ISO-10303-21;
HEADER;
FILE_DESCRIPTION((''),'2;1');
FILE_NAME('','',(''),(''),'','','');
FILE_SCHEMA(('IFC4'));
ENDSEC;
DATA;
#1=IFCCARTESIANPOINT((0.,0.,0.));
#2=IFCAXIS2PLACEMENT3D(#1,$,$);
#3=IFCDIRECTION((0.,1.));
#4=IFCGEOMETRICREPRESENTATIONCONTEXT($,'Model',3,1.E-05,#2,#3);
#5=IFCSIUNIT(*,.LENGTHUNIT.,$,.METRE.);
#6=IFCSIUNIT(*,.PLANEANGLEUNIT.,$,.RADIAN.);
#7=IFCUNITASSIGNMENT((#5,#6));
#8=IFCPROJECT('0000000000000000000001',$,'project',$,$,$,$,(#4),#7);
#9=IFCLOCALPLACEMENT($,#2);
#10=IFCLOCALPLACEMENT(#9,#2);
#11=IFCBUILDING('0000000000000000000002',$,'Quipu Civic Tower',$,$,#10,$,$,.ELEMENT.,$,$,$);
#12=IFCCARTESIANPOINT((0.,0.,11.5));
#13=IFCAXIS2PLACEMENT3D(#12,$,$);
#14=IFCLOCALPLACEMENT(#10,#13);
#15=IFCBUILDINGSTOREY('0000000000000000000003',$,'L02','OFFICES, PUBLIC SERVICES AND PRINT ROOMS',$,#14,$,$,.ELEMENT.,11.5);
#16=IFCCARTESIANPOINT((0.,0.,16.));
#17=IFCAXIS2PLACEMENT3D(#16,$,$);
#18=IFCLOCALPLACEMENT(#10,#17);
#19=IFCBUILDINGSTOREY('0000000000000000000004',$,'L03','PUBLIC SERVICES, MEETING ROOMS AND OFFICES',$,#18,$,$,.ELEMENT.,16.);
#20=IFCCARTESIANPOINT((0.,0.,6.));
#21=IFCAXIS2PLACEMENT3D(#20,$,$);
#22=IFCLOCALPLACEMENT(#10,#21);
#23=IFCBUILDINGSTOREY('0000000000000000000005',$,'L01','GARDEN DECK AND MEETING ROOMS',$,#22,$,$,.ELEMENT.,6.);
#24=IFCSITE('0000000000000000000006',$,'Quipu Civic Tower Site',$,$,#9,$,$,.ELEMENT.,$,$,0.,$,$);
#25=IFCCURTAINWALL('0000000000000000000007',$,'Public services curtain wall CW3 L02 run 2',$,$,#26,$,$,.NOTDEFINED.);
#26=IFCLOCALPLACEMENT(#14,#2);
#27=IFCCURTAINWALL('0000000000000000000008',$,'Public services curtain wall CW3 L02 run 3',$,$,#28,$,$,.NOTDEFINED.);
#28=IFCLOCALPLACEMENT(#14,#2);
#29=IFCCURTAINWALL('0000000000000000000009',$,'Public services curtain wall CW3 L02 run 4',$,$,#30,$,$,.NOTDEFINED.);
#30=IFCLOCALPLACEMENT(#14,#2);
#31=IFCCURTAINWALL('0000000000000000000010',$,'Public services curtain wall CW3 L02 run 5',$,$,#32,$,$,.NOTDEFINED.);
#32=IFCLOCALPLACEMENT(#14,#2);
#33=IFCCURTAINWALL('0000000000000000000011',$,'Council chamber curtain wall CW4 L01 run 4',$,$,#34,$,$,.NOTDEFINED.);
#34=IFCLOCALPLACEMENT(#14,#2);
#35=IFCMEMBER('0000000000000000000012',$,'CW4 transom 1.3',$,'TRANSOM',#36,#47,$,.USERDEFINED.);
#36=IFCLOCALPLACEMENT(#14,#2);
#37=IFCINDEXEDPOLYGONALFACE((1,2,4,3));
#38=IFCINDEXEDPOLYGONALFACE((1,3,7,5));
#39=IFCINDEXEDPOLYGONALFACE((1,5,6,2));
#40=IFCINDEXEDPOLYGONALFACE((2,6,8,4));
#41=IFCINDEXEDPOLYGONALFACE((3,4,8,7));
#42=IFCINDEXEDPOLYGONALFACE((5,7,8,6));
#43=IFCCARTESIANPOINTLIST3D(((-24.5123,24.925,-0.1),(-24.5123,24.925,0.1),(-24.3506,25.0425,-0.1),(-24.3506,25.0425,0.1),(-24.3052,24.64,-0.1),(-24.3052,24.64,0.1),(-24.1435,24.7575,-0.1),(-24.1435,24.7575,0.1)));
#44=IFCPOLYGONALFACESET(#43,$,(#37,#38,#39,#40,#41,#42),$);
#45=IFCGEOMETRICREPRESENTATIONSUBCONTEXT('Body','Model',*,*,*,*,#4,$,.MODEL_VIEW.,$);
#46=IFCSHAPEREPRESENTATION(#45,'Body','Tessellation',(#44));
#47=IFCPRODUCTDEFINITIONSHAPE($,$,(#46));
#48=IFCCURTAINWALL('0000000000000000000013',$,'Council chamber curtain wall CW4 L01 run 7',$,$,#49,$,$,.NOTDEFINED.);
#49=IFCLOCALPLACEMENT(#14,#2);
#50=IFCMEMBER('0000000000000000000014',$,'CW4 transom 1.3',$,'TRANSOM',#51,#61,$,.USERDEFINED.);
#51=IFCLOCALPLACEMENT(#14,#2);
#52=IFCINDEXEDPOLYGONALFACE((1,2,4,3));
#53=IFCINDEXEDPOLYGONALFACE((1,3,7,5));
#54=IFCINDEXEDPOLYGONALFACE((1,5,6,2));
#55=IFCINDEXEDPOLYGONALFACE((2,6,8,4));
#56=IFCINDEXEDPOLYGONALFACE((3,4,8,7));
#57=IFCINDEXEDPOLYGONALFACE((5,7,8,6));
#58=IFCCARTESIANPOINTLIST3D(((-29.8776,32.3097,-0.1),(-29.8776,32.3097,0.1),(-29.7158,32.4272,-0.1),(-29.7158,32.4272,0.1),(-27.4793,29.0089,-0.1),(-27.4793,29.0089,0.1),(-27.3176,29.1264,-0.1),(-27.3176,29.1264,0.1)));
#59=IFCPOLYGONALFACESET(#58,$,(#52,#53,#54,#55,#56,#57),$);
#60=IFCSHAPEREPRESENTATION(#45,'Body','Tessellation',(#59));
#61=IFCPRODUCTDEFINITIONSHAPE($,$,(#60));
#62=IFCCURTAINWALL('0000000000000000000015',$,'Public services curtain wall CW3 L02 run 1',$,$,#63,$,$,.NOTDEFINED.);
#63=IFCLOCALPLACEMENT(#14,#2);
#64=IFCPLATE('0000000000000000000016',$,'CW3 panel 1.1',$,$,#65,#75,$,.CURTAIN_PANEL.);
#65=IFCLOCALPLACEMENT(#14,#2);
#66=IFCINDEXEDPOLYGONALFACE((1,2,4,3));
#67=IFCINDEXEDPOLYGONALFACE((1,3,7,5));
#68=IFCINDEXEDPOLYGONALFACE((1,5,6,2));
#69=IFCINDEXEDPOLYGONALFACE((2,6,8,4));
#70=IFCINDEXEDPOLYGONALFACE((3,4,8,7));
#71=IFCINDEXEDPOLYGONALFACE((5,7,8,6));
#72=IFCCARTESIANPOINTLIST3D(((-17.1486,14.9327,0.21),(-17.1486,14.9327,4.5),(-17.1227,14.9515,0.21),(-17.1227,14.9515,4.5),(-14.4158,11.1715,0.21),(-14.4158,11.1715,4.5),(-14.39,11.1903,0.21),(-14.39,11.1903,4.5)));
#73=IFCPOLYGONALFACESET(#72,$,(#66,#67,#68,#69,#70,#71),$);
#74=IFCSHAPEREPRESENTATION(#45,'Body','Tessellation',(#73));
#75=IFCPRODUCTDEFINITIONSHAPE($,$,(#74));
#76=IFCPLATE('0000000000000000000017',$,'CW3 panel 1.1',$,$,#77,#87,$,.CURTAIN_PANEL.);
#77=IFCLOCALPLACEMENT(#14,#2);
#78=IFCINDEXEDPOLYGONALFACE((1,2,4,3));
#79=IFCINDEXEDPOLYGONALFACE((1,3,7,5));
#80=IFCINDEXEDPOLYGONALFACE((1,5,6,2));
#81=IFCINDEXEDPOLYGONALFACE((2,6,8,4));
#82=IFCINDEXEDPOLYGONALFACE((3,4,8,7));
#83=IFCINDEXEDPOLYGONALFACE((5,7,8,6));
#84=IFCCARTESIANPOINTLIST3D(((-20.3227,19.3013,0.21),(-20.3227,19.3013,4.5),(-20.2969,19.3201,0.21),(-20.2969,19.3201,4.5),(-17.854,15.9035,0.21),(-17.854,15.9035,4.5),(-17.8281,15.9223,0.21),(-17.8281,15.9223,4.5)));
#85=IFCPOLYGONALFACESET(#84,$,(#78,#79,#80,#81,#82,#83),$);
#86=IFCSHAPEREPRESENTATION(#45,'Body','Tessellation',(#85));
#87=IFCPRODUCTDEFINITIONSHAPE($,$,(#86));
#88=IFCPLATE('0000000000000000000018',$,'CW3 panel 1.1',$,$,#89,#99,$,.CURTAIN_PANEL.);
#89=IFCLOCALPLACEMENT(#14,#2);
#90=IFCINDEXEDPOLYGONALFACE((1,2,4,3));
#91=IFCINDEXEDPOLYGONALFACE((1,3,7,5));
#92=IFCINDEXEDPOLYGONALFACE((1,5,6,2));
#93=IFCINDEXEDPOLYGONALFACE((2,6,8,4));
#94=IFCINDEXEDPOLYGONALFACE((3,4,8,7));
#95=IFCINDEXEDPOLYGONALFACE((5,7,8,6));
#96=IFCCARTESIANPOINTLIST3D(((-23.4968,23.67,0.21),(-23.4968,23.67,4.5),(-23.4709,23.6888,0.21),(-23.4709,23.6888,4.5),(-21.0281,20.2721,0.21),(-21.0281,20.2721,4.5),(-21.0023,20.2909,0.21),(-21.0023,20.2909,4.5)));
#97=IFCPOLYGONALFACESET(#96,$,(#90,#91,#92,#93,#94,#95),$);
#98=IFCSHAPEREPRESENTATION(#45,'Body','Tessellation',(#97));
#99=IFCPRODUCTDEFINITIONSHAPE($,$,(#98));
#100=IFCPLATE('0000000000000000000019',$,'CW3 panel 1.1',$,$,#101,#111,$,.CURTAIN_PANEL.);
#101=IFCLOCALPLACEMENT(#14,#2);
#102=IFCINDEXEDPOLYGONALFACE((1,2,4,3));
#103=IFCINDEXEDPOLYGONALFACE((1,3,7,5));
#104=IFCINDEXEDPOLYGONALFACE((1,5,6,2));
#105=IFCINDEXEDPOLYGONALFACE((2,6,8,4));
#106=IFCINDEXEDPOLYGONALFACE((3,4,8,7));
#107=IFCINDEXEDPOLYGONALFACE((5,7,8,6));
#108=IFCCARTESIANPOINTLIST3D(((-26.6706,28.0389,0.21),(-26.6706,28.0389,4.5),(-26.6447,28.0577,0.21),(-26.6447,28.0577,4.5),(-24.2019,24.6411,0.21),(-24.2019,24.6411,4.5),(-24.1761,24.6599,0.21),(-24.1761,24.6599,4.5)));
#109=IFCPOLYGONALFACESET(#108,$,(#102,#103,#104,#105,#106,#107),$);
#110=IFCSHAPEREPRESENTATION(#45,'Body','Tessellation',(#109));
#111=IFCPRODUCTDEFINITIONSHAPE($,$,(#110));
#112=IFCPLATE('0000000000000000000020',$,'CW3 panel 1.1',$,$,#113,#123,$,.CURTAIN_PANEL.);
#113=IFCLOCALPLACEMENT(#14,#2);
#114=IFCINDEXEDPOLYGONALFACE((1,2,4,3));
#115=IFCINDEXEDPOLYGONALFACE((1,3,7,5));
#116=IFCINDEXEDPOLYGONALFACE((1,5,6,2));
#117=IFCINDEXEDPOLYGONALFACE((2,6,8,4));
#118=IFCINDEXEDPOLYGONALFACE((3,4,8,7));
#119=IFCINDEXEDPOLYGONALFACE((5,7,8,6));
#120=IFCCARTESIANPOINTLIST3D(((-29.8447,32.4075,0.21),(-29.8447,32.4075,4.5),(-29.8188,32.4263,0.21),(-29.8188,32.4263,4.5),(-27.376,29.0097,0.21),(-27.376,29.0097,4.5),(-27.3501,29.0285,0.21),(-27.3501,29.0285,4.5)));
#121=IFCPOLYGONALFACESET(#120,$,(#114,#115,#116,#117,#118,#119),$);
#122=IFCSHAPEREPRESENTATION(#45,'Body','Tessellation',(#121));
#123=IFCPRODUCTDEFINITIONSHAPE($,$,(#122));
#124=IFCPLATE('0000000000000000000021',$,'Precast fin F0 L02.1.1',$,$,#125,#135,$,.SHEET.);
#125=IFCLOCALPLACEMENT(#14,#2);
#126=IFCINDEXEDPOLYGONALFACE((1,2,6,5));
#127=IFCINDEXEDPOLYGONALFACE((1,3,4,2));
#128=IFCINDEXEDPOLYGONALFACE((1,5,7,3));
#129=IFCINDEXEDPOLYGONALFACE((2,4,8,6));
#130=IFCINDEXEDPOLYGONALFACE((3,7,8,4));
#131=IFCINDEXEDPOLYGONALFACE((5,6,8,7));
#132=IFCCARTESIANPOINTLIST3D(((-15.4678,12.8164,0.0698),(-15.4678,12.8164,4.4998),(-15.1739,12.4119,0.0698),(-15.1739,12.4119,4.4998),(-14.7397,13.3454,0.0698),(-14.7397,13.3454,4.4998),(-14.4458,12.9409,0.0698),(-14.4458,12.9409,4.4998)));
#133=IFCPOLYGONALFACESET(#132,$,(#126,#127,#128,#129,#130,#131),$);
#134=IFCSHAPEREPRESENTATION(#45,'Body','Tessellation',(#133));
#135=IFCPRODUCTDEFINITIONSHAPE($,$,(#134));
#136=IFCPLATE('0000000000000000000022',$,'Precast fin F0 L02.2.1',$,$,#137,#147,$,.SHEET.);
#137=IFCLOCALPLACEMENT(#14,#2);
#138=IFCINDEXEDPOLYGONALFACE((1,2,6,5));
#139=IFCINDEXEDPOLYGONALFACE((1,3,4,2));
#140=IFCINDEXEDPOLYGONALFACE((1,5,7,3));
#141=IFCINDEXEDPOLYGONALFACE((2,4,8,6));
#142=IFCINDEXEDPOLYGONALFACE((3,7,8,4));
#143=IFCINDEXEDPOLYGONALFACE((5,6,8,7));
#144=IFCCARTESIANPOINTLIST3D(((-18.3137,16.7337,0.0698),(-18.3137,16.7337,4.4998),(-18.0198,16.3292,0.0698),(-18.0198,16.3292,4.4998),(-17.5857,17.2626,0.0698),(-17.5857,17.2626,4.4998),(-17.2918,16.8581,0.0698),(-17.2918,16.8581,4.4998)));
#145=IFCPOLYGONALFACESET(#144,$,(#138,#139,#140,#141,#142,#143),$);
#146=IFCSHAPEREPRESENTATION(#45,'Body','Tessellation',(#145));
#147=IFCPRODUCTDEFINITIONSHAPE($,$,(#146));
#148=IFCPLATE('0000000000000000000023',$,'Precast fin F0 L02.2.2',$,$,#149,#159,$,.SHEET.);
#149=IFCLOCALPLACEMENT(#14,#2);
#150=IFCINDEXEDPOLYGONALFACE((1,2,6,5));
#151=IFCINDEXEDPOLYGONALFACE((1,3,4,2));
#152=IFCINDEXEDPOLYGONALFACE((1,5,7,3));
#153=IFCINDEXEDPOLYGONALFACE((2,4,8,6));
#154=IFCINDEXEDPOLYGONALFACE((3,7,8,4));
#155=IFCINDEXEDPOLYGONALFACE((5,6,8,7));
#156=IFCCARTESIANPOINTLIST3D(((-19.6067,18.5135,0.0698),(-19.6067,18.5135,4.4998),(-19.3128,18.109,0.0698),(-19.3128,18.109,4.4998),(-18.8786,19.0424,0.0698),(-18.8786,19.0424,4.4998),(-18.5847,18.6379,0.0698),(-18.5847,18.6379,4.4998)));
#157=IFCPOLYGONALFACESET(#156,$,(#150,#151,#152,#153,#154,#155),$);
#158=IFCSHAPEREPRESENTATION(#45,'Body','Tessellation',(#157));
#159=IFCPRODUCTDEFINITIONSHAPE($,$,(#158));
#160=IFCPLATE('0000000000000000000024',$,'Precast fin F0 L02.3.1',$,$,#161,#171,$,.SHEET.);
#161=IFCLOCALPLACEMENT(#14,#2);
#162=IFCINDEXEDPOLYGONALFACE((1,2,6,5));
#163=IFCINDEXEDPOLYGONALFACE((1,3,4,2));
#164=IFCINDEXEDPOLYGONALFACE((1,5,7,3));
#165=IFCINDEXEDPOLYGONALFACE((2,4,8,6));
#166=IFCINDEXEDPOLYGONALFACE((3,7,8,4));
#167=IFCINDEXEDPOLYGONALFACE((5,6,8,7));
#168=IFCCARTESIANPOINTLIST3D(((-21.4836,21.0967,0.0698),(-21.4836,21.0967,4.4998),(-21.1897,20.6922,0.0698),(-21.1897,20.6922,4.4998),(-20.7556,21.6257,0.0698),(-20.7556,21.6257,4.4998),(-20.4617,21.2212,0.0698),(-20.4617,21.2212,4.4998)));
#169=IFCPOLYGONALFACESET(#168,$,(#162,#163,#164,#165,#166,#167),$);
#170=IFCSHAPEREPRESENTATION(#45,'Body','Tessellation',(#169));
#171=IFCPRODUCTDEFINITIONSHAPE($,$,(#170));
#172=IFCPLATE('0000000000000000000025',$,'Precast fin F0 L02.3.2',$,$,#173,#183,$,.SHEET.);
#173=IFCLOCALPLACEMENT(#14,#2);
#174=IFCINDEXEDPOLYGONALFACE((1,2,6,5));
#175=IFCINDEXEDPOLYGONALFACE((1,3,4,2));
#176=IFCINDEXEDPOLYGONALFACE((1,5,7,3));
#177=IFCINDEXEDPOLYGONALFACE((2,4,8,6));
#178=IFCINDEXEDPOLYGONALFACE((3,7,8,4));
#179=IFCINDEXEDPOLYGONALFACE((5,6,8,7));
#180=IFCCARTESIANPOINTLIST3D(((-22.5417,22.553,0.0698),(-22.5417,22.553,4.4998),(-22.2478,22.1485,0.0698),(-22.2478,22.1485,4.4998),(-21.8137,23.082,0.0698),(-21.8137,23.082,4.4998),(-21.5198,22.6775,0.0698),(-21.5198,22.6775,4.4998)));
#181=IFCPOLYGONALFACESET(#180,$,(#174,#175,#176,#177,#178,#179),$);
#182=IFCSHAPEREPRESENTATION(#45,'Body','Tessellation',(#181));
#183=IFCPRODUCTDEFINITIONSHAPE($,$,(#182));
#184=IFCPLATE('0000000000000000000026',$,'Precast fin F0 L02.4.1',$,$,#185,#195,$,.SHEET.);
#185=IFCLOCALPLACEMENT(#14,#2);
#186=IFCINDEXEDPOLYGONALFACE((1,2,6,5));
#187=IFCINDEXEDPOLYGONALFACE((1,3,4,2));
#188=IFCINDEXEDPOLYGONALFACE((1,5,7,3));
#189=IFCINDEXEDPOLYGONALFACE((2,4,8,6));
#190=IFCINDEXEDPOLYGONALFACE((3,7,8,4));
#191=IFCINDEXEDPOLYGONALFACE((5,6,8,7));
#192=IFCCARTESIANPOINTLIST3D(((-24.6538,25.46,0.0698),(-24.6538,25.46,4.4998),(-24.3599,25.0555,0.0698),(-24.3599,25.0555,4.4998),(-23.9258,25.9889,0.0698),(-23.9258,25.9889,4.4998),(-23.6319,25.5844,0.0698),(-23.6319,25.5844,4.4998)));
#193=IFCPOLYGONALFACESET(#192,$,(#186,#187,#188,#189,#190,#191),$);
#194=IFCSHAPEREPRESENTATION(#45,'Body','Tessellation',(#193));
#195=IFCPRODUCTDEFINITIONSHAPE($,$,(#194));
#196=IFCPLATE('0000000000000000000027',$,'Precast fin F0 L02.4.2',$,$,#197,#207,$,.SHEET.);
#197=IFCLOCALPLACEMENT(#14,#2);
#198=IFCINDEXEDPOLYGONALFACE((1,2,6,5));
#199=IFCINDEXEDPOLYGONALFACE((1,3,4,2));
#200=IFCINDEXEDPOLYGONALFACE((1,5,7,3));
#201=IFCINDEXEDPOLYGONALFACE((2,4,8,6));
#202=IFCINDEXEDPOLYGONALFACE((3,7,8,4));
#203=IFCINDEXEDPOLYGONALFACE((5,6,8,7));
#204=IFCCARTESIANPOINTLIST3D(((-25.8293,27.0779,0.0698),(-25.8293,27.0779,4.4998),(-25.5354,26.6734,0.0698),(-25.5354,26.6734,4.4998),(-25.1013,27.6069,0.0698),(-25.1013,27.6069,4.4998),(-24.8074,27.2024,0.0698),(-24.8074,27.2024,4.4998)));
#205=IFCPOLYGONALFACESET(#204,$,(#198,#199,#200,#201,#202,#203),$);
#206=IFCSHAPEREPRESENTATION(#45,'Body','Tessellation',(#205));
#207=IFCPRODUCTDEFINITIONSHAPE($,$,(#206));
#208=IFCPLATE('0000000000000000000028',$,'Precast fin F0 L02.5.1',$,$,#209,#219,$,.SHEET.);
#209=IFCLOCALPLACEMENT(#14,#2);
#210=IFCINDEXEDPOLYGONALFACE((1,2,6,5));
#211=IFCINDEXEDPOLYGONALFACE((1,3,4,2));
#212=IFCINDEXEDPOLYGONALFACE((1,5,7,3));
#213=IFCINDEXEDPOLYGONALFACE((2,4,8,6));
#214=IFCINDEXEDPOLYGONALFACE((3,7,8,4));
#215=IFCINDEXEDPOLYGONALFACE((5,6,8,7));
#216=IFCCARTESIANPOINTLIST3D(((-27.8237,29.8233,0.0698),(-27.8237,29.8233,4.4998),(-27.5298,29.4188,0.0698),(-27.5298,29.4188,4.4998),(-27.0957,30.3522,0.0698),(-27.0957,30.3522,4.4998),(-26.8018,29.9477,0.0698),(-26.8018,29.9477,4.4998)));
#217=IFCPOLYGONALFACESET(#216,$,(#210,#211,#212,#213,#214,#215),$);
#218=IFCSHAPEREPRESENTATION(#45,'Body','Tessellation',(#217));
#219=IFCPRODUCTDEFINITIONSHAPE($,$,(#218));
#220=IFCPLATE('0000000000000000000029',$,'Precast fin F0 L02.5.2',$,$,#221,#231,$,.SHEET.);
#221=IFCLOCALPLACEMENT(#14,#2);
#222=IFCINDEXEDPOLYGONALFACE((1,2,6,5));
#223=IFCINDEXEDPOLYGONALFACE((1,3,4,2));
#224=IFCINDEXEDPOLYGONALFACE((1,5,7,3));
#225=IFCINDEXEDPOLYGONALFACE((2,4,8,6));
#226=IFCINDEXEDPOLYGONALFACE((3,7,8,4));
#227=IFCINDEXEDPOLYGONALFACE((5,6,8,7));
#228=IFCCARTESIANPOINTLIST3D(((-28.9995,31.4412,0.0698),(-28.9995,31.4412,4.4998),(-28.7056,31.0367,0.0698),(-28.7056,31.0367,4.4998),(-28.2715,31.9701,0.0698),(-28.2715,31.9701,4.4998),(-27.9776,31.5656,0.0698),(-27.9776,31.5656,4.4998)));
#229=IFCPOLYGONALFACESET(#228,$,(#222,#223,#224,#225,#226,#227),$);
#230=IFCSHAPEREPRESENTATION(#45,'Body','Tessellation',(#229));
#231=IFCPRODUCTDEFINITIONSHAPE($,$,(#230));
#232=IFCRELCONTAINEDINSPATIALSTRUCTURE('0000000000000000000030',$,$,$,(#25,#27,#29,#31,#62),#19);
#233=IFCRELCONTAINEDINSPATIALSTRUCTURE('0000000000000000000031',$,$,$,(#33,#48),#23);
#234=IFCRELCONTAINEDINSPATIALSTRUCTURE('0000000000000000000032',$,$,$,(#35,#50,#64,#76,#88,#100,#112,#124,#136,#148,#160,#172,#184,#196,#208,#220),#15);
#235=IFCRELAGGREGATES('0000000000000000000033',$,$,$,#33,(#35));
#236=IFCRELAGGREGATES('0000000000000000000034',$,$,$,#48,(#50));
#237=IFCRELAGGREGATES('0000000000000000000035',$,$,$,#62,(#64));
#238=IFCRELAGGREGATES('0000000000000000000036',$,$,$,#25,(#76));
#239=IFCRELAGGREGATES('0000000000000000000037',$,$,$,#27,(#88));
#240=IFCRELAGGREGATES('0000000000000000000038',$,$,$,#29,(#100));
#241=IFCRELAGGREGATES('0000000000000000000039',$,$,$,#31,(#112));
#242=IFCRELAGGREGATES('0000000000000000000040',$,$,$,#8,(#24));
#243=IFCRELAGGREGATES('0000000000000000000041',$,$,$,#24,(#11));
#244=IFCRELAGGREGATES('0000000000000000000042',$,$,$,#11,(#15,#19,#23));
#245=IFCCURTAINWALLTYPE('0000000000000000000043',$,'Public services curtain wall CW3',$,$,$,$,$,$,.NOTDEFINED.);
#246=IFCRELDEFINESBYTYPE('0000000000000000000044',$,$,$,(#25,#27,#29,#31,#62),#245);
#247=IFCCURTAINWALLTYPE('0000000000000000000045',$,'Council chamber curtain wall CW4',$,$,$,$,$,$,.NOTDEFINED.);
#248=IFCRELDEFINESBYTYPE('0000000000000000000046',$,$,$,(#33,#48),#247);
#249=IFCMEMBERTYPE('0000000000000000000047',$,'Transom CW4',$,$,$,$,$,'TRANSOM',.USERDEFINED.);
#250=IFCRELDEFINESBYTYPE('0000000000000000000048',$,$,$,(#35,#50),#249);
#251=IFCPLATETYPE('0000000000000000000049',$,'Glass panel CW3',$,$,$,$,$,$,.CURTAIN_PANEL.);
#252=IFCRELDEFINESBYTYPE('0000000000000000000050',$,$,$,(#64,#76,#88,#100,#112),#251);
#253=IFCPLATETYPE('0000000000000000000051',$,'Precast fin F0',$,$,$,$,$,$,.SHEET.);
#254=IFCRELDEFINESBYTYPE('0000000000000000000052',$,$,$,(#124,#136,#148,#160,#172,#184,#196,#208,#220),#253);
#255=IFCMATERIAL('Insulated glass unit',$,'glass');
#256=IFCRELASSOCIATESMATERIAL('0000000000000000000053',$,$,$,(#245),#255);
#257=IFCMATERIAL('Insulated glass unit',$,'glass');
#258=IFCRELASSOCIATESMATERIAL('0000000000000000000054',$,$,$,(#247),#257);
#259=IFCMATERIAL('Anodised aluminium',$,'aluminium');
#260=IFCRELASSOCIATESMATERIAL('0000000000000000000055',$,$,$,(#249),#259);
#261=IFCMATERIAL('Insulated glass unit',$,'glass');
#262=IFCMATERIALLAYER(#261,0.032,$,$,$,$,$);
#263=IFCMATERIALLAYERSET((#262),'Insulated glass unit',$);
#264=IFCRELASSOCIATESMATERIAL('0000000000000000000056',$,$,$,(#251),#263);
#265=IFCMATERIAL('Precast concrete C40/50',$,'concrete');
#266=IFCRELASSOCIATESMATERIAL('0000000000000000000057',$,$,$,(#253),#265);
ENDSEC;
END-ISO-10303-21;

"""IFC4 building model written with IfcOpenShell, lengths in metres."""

from ifc_helpers import new_model, si_unit, direction, frame, origin, origin_2d, place, context, subcontext, project, spatial, rectangle, extrude, material, layer, layer_set, material_profile, profile_set, type_object, element, aggregate, save


model = new_model("IFC4")

# Units and contexts
model_context = context("Model", 3, precision=1e-05, world=origin(), true_north=direction((0.0, 1.0)))
body_context = subcontext(model_context, "Body", "Model", "MODEL_VIEW")
ifc_project = project(units=[si_unit("LENGTHUNIT", "METRE"), si_unit("PLANEANGLEUNIT", "RADIAN")], contexts=[model_context])

# Site, building, storey
site_placement = place(None, origin())
site = spatial("IfcSite", under=ifc_project, at=site_placement, Name="Quipu Civic Tower Site", CompositionType="ELEMENT", RefElevation=0.0)
building_placement = place(site_placement, origin())
building = spatial("IfcBuilding", under=site, at=building_placement, Name="Quipu Civic Tower", CompositionType="ELEMENT")
storey_1_placement = place(building_placement, frame((0.0, 0.0, 11.5)))
storey_1 = spatial("IfcBuildingStorey", under=building, at=storey_1_placement, Name="L02", Description="OFFICES, PUBLIC SERVICES AND PRINT ROOMS", CompositionType="ELEMENT", Elevation=11.5)

# Shared definitions
storey_2_placement = place(building_placement, frame((0.0, 0.0, 16.0)))
storey_2 = spatial("IfcBuildingStorey", under=building, at=storey_2_placement, Name="L03", Description="PUBLIC SERVICES, MEETING ROOMS AND OFFICES", CompositionType="ELEMENT", Elevation=16.0)

# Curtain walls
ifc_material_1 = material(Name="Insulated glass unit", Category="glass")
curtain_wall_type_1 = type_object("IfcCurtainWallType", Name="Public services curtain wall CW3", PredefinedType="NOTDEFINED", material=ifc_material_1)
curtain_wall_1_placement = place(storey_2_placement, origin())
curtain_wall_1 = element("IfcCurtainWall", 1, at=curtain_wall_1_placement, inside=storey_2, type_object=curtain_wall_type_1, Name="Public services curtain wall CW3 L02 run 2", PredefinedType="NOTDEFINED")
curtain_wall_2_placement = place(storey_2_placement, origin())
curtain_wall_2 = element("IfcCurtainWall", 2, at=curtain_wall_2_placement, inside=storey_2, type_object=curtain_wall_type_1, Name="Public services curtain wall CW3 L02 run 3", PredefinedType="NOTDEFINED")
curtain_wall_3_placement = place(storey_2_placement, origin())
curtain_wall_3 = element("IfcCurtainWall", 3, at=curtain_wall_3_placement, inside=storey_2, type_object=curtain_wall_type_1, Name="Public services curtain wall CW3 L02 run 4", PredefinedType="NOTDEFINED")
curtain_wall_4_placement = place(storey_2_placement, origin())
curtain_wall_4 = element("IfcCurtainWall", 4, at=curtain_wall_4_placement, inside=storey_2, type_object=curtain_wall_type_1, Name="Public services curtain wall CW3 L02 run 5", PredefinedType="NOTDEFINED")

# Shared definitions
storey_3_placement = place(building_placement, frame((0.0, 0.0, 6.0)))
storey_3 = spatial("IfcBuildingStorey", under=building, at=storey_3_placement, Name="L01", Description="GARDEN DECK AND MEETING ROOMS", CompositionType="ELEMENT", Elevation=6.0)

# Curtain walls, members
ifc_material_2 = material(Name="Insulated glass unit", Category="glass")
curtain_wall_type_2 = type_object("IfcCurtainWallType", Name="Council chamber curtain wall CW4", PredefinedType="NOTDEFINED", material=ifc_material_2)
ifc_material_3 = material(Name="Anodised aluminium", Category="aluminium")
ifc_material_profile_1 = material_profile(ifc_material_3, rectangle(XDim=0.2, YDim=0.2, at=origin_2d()), Name="RECT 200x200")
ifc_profile_set_1 = profile_set([ifc_material_profile_1], Name="Anodised aluminium")
member_type_1 = type_object("IfcMemberType", Name="Transom CW4", ElementType="TRANSOM", PredefinedType="USERDEFINED", material=ifc_profile_set_1)
curtain_wall_5_placement = place(storey_3_placement, origin())
curtain_wall_5 = element("IfcCurtainWall", 5, at=curtain_wall_5_placement, inside=storey_3, type_object=curtain_wall_type_2, Name="Council chamber curtain wall CW4 L01 run 4", PredefinedType="NOTDEFINED")
member_1_placement = place(storey_1_placement, frame((-24.2244, 24.6987, 0.0), z_axis=(-0.587842, 0.808976, 0.0), x_axis=(-0.808976, -0.587842, 0.0)))
member_1 = element("IfcMember", 6, at=member_1_placement, inside=storey_1, type_object=member_type_1, Name="CW4 transom 1.3", ObjectType="TRANSOM", PredefinedType="USERDEFINED", context=body_context, shape_type="SweptSolid", body=[
    extrude(rectangle(XDim=0.2, YDim=0.2, at=origin_2d()), origin(), (0.0, 0.0, 1.0), 0.3523),
])
aggregate(curtain_wall_5, [member_1])
curtain_wall_6_placement = place(storey_3_placement, origin())
curtain_wall_6 = element("IfcCurtainWall", 7, at=curtain_wall_6_placement, inside=storey_3, type_object=curtain_wall_type_2, Name="Council chamber curtain wall CW4 L01 run 7", PredefinedType="NOTDEFINED")
member_2_placement = place(storey_1_placement, frame((-27.3984, 29.0676, 0.0), z_axis=(-0.587791, 0.809013, 0.0), x_axis=(-0.809013, -0.587791, 0.0)))
member_2 = element("IfcMember", 8, at=member_2_placement, inside=storey_1, type_object=member_type_1, Name="CW4 transom 1.3", ObjectType="TRANSOM", PredefinedType="USERDEFINED", context=body_context, shape_type="SweptSolid", body=[
    extrude(rectangle(XDim=0.2, YDim=0.2, at=origin_2d()), origin(), (0.0, 0.0, 1.0), 4.0801),
])
aggregate(curtain_wall_6, [member_2])

# Curtain wall, plate
curtain_wall_7_placement = place(storey_2_placement, origin())
curtain_wall_7 = element("IfcCurtainWall", 9, at=curtain_wall_7_placement, inside=storey_2, type_object=curtain_wall_type_1, Name="Public services curtain wall CW3 L02 run 1", PredefinedType="NOTDEFINED")
ifc_material_4 = material(Name="Insulated glass unit", Category="glass")
ifc_layer_1 = layer(ifc_material_4, 0.032)
ifc_layer_set_1 = layer_set([ifc_layer_1], Name="Insulated glass unit")
plate_type_1 = type_object("IfcPlateType", Name="Glass panel CW3", PredefinedType="CURTAIN_PANEL", material=ifc_layer_set_1)
plate_1_placement = place(storey_1_placement, frame((-15.7693, 13.0615, 0.21), z_axis=(0.0, 0.0, 1.0), x_axis=(-0.587795, 0.80901, 0.0)))
plate_1 = element("IfcPlate", 10, at=plate_1_placement, inside=storey_1, type_object=plate_type_1, Name="CW3 panel 1.1", PredefinedType="CURTAIN_PANEL", context=body_context, shape_type="SweptSolid", body=[
    extrude(rectangle(XDim=4.6492, YDim=0.032, at=origin_2d()), origin(), (0.0, 0.0, 1.0), 4.29),
])
aggregate(curtain_wall_7, [plate_1])

# Plates
plate_2_placement = place(storey_1_placement, frame((-19.0754, 17.6118, 0.21), z_axis=(0.0, 0.0, 1.0), x_axis=(-0.5878, 0.809006, 0.0)))
plate_2 = element("IfcPlate", 11, at=plate_2_placement, inside=storey_1, type_object=plate_type_1, Name="CW3 panel 1.1", PredefinedType="CURTAIN_PANEL", context=body_context, shape_type="SweptSolid", body=[
    extrude(rectangle(XDim=4.2, YDim=0.032, at=origin_2d()), origin(), (0.0, 0.0, 1.0), 4.29),
])
aggregate(curtain_wall_1, [plate_2])
plate_3_placement = place(storey_1_placement, frame((-22.2495, 21.9805, 0.21), z_axis=(0.0, 0.0, 1.0), x_axis=(-0.587774, 0.809025, 0.0)))
plate_3 = element("IfcPlate", 12, at=plate_3_placement, inside=storey_1, type_object=plate_type_1, Name="CW3 panel 1.1", PredefinedType="CURTAIN_PANEL", context=body_context, shape_type="SweptSolid", body=[
    extrude(rectangle(XDim=4.2, YDim=0.032, at=origin_2d()), origin(), (0.0, 0.0, 1.0), 4.29),
])
aggregate(curtain_wall_2, [plate_3])
plate_4_placement = place(storey_1_placement, frame((-25.4233, 26.3494, 0.21), z_axis=(0.0, 0.0, 1.0), x_axis=(-0.587789, 0.809014, 0.0)))
plate_4 = element("IfcPlate", 13, at=plate_4_placement, inside=storey_1, type_object=plate_type_1, Name="CW3 panel 1.1", PredefinedType="CURTAIN_PANEL", context=body_context, shape_type="SweptSolid", body=[
    extrude(rectangle(XDim=4.2, YDim=0.032, at=origin_2d()), origin(), (0.0, 0.0, 1.0), 4.29),
])
aggregate(curtain_wall_3, [plate_4])
plate_5_placement = place(storey_1_placement, frame((-28.5974, 30.718, 0.21), z_axis=(0.0, 0.0, 1.0), x_axis=(-0.587785, 0.809017, 0.0)))
plate_5 = element("IfcPlate", 14, at=plate_5_placement, inside=storey_1, type_object=plate_type_1, Name="CW3 panel 1.1", PredefinedType="CURTAIN_PANEL", context=body_context, shape_type="SweptSolid", body=[
    extrude(rectangle(XDim=4.2, YDim=0.032, at=origin_2d()), origin(), (0.0, 0.0, 1.0), 4.29),
])
aggregate(curtain_wall_4, [plate_5])

# Plates
ifc_material_5 = material(Name="Precast concrete C40/50", Category="concrete")
plate_type_2 = type_object("IfcPlateType", Name="Precast fin F0", PredefinedType="SHEET", material=ifc_material_5)
for number, where, z_axis, x_axis, name in (
    (15, (-14.9568, 12.8787, 0.0698), (0.0, 0.0, 1.0), (-0.587785, 0.809017, 0.0), "Precast fin F0 L02.1.1"),
    (16, (-17.8027, 16.7959, 0.0698), (0.0, 0.0, 1.0), (-0.587785, 0.809017, 0.0), "Precast fin F0 L02.2.1"),
    (17, (-19.0957, 18.5757, 0.0698), (0.0, 0.0, 1.0), (-0.587785, 0.809017, 0.0), "Precast fin F0 L02.2.2"),
    (18, (-20.9727, 21.1589, 0.0698), (0.0, 0.0, 1.0), (-0.587785, 0.809017, 0.0), "Precast fin F0 L02.3.1"),
    (19, (-22.0308, 22.6152, 0.0698), (0.0, 0.0, 1.0), (-0.587785, 0.809017, 0.0), "Precast fin F0 L02.3.2"),
    (20, (-24.1428, 25.5222, 0.0698), (0.0, 0.0, 1.0), (-0.587785, 0.809017, 0.0), "Precast fin F0 L02.4.1"),
    (21, (-25.3184, 27.1401, 0.0698), (0.0, 0.0, 1.0), (-0.587785, 0.809017, 0.0), "Precast fin F0 L02.4.2"),
    (22, (-27.3127, 29.8855, 0.0698), (0.0, 0.0, 1.0), (-0.587785, 0.809017, 0.0), "Precast fin F0 L02.5.1"),
    (23, (-28.4885, 31.5034, 0.0698), (0.0, 0.0, 1.0), (-0.587785, 0.809017, 0.0), "Precast fin F0 L02.5.2"),
):
    element("IfcPlate", number, at=place(storey_1_placement, frame(where, z_axis=z_axis, x_axis=x_axis)), inside=storey_1, type_object=plate_type_2, Name=name, PredefinedType="SHEET", context=body_context, shape_type="SweptSolid", body=[
        extrude(rectangle(XDim=0.5, YDim=0.8999, at=origin_2d()), origin(), (0.0, 0.0, 1.0), 4.4299),
    ])

save(model, "model.ifc")
